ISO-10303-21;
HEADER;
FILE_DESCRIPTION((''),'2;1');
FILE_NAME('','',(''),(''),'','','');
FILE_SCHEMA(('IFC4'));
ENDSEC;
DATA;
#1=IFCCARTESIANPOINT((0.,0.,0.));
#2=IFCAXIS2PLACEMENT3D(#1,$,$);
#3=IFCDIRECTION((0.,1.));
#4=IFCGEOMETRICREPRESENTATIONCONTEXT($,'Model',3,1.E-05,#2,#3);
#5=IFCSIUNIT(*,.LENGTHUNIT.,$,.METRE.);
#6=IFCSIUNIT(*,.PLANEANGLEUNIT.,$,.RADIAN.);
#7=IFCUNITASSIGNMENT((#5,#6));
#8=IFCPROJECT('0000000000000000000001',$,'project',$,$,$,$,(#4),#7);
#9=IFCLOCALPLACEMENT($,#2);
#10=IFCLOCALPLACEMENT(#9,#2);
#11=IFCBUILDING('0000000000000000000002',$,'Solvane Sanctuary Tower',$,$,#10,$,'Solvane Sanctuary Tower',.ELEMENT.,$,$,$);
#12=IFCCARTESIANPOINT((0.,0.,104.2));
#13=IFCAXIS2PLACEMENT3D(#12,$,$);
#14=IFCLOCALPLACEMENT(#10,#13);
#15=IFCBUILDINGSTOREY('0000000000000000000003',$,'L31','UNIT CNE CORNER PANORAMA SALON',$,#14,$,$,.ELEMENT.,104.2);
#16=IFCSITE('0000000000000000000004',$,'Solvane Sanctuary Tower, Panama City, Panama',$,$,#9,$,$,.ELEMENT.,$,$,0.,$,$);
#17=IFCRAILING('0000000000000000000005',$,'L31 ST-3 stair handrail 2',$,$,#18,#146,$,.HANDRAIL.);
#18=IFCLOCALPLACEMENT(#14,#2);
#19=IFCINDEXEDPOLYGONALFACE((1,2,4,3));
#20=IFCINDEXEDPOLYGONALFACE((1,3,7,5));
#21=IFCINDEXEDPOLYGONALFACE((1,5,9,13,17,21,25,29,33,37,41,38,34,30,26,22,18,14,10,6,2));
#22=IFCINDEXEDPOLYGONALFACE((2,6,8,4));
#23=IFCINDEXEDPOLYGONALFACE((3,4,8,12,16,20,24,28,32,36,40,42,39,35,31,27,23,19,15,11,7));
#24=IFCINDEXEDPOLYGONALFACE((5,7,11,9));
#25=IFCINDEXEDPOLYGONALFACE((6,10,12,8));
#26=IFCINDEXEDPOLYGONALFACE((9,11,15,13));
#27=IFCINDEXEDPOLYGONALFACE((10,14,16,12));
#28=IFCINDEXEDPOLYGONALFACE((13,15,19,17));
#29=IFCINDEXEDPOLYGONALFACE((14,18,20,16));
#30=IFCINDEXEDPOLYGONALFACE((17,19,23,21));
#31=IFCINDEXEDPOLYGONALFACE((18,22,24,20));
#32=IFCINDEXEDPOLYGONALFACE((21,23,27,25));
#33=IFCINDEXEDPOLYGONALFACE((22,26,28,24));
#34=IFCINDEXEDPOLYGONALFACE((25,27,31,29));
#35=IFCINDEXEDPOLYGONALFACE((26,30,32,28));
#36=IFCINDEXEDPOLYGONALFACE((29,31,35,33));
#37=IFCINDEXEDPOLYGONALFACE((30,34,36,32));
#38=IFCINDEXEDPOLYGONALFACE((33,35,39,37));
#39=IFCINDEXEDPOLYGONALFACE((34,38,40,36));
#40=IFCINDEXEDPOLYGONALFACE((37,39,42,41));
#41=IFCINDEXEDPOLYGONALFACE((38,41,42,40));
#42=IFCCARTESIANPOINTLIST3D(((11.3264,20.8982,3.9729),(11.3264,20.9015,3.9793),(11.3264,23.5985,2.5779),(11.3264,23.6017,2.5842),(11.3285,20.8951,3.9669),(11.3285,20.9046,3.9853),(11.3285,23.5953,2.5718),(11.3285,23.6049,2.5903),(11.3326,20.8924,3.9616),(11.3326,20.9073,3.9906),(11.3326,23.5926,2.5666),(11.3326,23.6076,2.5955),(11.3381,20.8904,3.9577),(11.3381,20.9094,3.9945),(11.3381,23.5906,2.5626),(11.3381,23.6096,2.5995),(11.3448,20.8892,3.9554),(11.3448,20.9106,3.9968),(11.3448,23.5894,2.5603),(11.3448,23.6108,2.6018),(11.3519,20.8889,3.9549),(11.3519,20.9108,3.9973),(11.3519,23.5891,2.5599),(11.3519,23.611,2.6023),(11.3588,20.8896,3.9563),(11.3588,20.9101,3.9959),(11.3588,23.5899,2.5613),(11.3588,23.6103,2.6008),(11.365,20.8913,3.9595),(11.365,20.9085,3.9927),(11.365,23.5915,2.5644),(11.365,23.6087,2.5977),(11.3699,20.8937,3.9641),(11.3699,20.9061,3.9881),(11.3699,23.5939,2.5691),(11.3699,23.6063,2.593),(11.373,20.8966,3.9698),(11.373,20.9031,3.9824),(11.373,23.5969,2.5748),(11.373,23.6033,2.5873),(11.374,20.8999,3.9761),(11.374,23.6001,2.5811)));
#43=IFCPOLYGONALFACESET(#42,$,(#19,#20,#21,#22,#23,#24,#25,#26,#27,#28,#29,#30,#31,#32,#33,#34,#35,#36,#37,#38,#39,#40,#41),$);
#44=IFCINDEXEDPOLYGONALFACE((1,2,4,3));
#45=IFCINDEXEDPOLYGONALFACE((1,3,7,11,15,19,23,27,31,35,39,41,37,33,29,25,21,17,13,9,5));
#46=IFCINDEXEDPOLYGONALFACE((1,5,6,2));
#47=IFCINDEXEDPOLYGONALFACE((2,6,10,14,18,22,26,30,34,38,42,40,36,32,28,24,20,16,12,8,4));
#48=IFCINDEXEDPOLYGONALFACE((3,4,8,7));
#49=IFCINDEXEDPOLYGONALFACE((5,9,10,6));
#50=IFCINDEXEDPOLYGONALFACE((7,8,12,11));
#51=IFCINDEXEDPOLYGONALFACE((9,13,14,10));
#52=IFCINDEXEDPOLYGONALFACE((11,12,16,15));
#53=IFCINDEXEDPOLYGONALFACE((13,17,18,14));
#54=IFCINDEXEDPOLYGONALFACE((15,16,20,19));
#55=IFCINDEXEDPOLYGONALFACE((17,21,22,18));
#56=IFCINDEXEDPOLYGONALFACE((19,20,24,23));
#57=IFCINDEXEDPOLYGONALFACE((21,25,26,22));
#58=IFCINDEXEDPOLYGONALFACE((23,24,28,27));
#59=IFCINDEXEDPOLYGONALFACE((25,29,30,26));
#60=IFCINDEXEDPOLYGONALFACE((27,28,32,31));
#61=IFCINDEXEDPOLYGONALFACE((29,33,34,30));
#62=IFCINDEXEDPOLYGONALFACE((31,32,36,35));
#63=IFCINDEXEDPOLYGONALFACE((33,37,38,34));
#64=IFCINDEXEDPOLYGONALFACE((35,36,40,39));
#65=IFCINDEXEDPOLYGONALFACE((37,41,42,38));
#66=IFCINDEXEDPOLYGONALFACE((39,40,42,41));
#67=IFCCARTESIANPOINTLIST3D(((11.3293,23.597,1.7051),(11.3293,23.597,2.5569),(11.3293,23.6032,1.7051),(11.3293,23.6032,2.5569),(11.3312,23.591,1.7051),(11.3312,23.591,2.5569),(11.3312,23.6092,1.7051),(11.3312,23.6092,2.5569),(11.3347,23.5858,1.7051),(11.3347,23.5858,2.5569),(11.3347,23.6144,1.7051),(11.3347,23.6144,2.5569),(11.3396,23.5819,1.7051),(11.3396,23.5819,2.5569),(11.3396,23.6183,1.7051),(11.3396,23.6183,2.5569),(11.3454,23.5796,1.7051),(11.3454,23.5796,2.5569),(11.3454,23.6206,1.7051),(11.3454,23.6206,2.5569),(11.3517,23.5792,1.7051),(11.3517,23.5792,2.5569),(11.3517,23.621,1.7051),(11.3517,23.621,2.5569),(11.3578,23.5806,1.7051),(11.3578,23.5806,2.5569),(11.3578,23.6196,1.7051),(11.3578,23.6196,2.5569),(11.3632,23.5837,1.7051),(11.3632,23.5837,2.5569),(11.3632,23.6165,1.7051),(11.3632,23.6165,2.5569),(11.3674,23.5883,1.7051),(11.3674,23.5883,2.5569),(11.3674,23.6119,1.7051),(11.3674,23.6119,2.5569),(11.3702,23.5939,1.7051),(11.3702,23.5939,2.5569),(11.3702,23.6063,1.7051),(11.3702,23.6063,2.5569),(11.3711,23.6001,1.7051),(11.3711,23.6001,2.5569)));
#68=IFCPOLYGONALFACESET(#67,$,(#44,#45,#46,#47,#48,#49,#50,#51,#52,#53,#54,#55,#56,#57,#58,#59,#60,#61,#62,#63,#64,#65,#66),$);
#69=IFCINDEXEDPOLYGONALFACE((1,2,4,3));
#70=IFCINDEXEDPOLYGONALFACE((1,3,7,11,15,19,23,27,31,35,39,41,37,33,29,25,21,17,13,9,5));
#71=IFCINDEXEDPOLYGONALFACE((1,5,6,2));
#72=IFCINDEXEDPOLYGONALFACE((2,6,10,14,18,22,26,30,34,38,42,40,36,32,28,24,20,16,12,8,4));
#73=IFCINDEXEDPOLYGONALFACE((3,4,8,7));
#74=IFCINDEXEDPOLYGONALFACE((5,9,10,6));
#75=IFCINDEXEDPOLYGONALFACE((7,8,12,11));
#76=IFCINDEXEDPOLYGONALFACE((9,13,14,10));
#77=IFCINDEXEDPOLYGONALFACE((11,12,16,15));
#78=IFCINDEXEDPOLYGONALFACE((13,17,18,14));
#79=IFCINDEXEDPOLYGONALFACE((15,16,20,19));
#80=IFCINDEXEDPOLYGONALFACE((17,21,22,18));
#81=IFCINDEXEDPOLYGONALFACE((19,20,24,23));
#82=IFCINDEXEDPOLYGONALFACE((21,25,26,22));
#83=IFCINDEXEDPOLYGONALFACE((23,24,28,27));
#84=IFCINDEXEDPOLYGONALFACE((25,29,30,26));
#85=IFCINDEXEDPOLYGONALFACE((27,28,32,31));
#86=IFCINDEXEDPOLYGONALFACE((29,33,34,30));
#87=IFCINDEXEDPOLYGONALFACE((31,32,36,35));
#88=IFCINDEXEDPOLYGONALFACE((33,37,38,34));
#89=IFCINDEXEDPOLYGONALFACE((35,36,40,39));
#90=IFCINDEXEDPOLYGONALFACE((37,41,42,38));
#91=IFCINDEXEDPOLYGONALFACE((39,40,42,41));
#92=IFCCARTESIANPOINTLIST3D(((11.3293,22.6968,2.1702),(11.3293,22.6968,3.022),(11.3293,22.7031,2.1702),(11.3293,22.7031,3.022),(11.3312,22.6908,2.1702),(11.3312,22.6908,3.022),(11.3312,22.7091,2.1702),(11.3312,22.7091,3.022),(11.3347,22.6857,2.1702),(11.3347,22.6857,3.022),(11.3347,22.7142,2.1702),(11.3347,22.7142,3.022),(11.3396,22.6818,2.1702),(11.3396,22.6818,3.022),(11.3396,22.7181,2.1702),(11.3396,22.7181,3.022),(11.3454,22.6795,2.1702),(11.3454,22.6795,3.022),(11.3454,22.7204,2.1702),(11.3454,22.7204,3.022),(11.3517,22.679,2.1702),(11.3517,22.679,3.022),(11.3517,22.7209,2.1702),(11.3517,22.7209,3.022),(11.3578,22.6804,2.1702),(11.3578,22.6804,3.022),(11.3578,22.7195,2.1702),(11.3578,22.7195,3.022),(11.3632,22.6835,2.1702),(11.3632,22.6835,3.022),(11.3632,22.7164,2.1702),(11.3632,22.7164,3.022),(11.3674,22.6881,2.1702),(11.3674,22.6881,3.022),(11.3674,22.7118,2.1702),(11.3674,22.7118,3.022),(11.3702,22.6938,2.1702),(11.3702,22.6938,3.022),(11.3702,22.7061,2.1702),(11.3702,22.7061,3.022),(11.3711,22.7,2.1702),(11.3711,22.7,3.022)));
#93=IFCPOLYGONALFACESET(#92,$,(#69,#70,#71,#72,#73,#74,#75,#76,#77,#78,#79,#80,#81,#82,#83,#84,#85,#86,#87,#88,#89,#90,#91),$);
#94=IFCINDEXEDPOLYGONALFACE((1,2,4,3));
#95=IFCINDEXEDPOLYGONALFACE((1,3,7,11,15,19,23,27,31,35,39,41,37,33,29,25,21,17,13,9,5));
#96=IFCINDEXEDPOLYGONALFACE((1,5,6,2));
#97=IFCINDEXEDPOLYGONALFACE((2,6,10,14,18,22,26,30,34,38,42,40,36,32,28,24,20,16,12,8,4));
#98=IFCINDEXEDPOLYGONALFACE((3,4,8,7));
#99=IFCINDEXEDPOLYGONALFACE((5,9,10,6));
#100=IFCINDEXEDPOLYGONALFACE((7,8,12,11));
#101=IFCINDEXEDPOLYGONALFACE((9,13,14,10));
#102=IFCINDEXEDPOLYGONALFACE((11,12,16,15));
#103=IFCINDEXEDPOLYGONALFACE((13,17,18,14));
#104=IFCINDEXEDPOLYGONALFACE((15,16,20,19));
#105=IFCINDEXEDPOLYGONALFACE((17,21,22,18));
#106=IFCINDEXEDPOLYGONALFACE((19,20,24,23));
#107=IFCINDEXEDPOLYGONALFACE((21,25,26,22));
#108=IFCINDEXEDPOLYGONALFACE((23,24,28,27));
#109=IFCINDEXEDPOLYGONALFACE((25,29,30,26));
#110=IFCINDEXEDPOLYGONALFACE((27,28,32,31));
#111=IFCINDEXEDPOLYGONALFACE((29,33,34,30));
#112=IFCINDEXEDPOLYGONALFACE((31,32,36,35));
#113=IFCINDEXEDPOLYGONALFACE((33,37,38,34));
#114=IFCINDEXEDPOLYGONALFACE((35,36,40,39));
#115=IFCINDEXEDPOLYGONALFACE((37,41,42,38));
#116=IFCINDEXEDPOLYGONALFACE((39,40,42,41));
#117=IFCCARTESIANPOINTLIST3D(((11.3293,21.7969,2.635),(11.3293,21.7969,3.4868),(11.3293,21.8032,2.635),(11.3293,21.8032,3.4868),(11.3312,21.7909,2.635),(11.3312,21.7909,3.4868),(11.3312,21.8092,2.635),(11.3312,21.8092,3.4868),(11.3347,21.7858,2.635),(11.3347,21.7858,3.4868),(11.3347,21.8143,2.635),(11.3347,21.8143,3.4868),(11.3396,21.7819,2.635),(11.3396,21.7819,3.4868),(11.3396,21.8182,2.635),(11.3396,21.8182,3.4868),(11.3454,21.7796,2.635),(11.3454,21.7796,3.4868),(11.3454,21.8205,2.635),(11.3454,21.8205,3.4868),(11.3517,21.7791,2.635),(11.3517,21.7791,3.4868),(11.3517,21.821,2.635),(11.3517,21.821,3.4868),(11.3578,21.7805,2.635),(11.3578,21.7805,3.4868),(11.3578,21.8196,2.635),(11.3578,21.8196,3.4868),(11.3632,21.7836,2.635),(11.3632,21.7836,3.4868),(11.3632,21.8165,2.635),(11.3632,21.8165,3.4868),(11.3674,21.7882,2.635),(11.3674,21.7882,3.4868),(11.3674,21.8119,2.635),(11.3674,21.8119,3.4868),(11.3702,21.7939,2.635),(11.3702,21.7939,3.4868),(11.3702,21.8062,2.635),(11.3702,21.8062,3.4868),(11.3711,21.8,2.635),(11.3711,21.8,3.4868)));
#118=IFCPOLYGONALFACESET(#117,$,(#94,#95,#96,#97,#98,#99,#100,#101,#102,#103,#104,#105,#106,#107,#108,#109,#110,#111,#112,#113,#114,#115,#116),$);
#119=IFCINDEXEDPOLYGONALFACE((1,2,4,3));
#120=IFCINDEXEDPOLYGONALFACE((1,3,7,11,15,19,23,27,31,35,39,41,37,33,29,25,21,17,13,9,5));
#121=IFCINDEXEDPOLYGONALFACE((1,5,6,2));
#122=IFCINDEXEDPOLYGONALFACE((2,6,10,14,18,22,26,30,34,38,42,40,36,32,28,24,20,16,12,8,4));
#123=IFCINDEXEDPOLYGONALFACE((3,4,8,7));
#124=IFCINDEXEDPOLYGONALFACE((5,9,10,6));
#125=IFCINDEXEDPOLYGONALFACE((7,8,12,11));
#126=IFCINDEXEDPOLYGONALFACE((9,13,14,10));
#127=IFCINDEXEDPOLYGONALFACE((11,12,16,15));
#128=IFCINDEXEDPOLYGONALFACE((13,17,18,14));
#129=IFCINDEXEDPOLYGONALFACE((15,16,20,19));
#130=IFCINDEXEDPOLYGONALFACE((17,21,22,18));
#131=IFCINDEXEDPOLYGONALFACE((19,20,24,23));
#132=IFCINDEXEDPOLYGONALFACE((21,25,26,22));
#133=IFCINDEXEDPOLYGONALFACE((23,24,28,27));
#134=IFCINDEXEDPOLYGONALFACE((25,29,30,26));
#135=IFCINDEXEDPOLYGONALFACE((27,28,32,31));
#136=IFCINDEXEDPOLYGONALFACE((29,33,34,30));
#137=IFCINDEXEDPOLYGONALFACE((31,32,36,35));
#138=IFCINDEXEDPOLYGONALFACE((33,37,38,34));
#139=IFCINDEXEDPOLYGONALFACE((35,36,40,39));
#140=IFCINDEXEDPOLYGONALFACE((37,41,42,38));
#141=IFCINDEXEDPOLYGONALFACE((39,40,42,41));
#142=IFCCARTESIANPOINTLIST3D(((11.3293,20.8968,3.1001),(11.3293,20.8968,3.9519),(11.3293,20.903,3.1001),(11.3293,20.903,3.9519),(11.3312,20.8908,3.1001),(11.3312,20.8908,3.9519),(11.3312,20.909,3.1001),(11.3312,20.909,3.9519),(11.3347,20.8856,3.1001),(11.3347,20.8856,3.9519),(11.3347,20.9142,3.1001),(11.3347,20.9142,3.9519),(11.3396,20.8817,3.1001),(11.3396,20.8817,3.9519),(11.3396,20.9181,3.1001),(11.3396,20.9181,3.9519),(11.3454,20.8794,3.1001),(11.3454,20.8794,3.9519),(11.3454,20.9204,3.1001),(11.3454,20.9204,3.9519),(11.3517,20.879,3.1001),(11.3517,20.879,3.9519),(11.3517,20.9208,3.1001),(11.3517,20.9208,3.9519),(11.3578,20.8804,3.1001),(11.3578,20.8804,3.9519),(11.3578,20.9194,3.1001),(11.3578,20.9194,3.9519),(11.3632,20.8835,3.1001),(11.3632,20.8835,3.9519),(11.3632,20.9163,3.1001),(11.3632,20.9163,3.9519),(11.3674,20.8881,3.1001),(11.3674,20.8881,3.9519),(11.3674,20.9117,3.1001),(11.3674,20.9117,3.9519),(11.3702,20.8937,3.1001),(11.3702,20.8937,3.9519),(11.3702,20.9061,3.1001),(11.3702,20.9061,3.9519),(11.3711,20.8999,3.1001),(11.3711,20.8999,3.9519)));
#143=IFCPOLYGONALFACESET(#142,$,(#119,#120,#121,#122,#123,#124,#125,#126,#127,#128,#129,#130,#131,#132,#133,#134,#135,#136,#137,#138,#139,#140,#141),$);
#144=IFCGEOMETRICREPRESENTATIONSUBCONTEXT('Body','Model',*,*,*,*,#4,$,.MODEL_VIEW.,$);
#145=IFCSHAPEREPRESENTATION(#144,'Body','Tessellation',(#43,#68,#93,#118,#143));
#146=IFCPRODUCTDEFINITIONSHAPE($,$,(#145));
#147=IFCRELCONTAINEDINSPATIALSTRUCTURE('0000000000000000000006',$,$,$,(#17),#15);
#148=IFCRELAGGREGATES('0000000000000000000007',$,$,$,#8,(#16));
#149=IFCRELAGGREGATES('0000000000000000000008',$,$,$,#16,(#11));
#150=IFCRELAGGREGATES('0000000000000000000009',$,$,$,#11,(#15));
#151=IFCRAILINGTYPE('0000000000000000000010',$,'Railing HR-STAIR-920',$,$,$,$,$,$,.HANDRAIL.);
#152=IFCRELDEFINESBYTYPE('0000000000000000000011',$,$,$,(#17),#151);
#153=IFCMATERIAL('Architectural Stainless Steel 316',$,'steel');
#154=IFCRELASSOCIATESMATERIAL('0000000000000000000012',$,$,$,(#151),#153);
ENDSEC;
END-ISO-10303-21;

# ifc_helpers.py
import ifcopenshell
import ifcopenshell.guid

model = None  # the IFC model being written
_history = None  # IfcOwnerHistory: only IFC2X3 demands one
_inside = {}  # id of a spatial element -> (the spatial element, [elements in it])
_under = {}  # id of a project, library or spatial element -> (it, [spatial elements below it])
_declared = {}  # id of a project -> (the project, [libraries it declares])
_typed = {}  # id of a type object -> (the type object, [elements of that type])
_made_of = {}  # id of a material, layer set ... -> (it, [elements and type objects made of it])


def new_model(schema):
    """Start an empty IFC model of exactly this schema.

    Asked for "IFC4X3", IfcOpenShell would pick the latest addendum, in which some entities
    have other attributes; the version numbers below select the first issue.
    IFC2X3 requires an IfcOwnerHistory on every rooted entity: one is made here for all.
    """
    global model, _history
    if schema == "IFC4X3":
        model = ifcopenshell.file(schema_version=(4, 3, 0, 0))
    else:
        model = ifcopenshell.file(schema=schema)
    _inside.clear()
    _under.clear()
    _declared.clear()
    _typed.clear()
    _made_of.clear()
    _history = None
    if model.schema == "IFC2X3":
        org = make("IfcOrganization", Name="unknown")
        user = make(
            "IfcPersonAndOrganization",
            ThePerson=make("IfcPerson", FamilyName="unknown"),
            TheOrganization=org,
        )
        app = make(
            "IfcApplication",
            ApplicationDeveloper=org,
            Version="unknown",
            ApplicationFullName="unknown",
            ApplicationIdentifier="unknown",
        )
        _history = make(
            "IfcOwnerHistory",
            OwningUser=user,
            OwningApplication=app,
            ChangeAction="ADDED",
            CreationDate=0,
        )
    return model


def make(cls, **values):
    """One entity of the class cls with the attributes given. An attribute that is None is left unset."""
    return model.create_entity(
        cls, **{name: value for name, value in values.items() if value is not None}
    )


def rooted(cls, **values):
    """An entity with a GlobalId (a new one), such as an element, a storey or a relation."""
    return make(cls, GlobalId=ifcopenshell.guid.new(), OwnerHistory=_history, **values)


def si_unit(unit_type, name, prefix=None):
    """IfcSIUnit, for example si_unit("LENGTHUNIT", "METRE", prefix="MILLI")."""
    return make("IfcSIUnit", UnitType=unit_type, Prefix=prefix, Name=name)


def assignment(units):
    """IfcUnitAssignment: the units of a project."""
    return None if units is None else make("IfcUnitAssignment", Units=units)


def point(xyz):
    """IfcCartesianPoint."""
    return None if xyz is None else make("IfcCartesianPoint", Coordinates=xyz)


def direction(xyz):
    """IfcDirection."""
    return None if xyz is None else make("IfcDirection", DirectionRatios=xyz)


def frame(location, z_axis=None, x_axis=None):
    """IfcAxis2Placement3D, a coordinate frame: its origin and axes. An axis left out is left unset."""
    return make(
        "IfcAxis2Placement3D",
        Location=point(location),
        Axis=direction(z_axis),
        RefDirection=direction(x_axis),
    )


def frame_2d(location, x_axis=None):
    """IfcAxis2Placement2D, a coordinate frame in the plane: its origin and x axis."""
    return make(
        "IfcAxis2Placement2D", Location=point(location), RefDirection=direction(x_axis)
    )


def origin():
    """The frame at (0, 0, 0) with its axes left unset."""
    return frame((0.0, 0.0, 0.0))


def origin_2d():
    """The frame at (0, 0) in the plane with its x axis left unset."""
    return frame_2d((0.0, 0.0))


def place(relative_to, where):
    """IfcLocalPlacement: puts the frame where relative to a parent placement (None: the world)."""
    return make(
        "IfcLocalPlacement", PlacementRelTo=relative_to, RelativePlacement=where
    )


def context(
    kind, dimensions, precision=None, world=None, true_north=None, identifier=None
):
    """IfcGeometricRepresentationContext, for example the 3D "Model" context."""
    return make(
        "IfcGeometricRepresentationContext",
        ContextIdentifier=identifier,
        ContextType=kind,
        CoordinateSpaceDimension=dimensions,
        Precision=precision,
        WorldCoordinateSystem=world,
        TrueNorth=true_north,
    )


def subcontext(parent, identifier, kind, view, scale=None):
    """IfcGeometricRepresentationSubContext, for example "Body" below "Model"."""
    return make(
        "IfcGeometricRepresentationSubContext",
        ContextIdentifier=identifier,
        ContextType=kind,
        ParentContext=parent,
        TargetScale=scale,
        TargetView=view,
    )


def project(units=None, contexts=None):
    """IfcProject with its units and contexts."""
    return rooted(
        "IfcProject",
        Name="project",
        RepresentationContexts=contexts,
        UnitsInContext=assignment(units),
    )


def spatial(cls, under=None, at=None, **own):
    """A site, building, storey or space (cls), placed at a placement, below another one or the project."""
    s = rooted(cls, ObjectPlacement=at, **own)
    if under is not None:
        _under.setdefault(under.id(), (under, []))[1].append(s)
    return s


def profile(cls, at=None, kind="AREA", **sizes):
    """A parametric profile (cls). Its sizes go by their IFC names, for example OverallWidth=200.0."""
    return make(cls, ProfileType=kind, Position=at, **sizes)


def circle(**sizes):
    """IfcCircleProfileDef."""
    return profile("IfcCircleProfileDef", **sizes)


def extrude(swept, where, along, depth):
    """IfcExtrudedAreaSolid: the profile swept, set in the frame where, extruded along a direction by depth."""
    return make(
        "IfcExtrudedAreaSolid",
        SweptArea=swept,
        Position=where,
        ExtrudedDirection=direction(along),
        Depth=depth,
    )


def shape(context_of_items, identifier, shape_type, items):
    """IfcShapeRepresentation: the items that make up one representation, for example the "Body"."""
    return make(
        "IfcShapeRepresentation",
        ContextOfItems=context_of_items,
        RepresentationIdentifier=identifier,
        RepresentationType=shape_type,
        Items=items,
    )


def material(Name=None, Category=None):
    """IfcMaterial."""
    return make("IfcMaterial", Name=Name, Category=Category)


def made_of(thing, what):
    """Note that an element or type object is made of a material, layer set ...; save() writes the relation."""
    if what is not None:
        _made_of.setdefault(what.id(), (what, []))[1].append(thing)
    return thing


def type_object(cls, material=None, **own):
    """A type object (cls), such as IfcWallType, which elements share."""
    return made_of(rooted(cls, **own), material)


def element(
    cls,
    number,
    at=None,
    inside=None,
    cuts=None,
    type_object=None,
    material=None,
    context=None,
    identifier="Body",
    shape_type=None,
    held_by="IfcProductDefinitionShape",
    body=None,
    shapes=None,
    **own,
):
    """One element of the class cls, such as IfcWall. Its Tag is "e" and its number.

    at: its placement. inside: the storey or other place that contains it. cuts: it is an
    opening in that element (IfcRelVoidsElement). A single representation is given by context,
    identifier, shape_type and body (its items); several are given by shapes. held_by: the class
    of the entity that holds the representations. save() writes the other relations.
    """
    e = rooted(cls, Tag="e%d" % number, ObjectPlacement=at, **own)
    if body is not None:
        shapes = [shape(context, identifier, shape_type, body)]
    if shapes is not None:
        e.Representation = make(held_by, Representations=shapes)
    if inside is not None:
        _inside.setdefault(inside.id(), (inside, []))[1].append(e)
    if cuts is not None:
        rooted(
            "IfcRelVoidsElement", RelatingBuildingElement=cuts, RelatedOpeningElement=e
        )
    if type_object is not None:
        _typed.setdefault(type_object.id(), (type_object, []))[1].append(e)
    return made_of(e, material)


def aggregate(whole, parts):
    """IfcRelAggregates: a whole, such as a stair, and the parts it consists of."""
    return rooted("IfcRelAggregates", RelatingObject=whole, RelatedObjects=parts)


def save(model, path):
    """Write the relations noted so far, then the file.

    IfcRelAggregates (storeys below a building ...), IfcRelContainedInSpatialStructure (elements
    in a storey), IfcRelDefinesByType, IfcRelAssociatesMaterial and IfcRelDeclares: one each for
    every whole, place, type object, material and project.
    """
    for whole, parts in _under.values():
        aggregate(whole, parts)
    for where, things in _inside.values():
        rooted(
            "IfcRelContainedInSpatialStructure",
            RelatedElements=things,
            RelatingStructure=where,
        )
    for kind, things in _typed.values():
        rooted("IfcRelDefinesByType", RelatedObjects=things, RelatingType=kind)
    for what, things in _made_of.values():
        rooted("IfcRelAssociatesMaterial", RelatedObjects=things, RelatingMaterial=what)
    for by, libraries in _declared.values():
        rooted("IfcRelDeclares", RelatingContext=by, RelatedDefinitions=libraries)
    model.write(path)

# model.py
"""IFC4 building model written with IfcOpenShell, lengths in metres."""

from ifc_helpers import new_model, si_unit, direction, frame, origin, origin_2d, place, context, subcontext, project, spatial, circle, extrude, material, type_object, element, save


model = new_model("IFC4")

# Units and contexts
model_context = context("Model", 3, precision=1e-05, world=origin(), true_north=direction((0.0, 1.0)))
body_context = subcontext(model_context, "Body", "Model", "MODEL_VIEW")
ifc_project = project(units=[si_unit("LENGTHUNIT", "METRE"), si_unit("PLANEANGLEUNIT", "RADIAN")], contexts=[model_context])

# Site, building, storey
site_placement = place(None, origin())
site = spatial("IfcSite", under=ifc_project, at=site_placement, Name="Solvane Sanctuary Tower, Panama City, Panama", CompositionType="ELEMENT", RefElevation=0.0)
building_placement = place(site_placement, origin())
building = spatial("IfcBuilding", under=site, at=building_placement, Name="Solvane Sanctuary Tower", LongName="Solvane Sanctuary Tower", CompositionType="ELEMENT")
storey_placement = place(building_placement, frame((0.0, 0.0, 104.2)))
storey = spatial("IfcBuildingStorey", under=building, at=storey_placement, Name="L31", Description="UNIT CNE CORNER PANORAMA SALON", CompositionType="ELEMENT", Elevation=104.2)

# Railing
ifc_material_1 = material(Name="Architectural Stainless Steel 316", Category="steel")
railing_type_1 = type_object("IfcRailingType", Name="Railing HR-STAIR-920", PredefinedType="HANDRAIL", material=ifc_material_1)
railing_1_placement = place(storey_placement, frame((11.3501, 23.6001, 1.7051)))
element("IfcRailing", 1, at=railing_1_placement, inside=storey, type_object=railing_type_1, Name="L31 ST-3 stair handrail 2", PredefinedType="HANDRAIL", context=body_context, shape_type="SweptSolid", body=[
    extrude(circle(Radius=0.0239, at=origin_2d()), frame((0.0, 0.0, 0.876), z_axis=(0.0, -0.888437, 0.458999), x_axis=(1.0, 0.0, 0.0)), (0.0, 0.0, 1.0), 3.0393),
    extrude(circle(Radius=0.021, at=origin_2d()), origin(), (0.0, 0.0, 1.0), 0.8518),
    extrude(circle(Radius=0.021, at=origin_2d()), frame((0.0, -0.9001, 0.4651)), (0.0, 0.0, 1.0), 0.8518),
    extrude(circle(Radius=0.021, at=origin_2d()), frame((0.0, -1.8, 0.9299)), (0.0, 0.0, 1.0), 0.8518),
    extrude(circle(Radius=0.021, at=origin_2d()), frame((0.0, -2.7002, 1.395)), (0.0, 0.0, 1.0), 0.8518),
])

save(model, "model.ifc")
